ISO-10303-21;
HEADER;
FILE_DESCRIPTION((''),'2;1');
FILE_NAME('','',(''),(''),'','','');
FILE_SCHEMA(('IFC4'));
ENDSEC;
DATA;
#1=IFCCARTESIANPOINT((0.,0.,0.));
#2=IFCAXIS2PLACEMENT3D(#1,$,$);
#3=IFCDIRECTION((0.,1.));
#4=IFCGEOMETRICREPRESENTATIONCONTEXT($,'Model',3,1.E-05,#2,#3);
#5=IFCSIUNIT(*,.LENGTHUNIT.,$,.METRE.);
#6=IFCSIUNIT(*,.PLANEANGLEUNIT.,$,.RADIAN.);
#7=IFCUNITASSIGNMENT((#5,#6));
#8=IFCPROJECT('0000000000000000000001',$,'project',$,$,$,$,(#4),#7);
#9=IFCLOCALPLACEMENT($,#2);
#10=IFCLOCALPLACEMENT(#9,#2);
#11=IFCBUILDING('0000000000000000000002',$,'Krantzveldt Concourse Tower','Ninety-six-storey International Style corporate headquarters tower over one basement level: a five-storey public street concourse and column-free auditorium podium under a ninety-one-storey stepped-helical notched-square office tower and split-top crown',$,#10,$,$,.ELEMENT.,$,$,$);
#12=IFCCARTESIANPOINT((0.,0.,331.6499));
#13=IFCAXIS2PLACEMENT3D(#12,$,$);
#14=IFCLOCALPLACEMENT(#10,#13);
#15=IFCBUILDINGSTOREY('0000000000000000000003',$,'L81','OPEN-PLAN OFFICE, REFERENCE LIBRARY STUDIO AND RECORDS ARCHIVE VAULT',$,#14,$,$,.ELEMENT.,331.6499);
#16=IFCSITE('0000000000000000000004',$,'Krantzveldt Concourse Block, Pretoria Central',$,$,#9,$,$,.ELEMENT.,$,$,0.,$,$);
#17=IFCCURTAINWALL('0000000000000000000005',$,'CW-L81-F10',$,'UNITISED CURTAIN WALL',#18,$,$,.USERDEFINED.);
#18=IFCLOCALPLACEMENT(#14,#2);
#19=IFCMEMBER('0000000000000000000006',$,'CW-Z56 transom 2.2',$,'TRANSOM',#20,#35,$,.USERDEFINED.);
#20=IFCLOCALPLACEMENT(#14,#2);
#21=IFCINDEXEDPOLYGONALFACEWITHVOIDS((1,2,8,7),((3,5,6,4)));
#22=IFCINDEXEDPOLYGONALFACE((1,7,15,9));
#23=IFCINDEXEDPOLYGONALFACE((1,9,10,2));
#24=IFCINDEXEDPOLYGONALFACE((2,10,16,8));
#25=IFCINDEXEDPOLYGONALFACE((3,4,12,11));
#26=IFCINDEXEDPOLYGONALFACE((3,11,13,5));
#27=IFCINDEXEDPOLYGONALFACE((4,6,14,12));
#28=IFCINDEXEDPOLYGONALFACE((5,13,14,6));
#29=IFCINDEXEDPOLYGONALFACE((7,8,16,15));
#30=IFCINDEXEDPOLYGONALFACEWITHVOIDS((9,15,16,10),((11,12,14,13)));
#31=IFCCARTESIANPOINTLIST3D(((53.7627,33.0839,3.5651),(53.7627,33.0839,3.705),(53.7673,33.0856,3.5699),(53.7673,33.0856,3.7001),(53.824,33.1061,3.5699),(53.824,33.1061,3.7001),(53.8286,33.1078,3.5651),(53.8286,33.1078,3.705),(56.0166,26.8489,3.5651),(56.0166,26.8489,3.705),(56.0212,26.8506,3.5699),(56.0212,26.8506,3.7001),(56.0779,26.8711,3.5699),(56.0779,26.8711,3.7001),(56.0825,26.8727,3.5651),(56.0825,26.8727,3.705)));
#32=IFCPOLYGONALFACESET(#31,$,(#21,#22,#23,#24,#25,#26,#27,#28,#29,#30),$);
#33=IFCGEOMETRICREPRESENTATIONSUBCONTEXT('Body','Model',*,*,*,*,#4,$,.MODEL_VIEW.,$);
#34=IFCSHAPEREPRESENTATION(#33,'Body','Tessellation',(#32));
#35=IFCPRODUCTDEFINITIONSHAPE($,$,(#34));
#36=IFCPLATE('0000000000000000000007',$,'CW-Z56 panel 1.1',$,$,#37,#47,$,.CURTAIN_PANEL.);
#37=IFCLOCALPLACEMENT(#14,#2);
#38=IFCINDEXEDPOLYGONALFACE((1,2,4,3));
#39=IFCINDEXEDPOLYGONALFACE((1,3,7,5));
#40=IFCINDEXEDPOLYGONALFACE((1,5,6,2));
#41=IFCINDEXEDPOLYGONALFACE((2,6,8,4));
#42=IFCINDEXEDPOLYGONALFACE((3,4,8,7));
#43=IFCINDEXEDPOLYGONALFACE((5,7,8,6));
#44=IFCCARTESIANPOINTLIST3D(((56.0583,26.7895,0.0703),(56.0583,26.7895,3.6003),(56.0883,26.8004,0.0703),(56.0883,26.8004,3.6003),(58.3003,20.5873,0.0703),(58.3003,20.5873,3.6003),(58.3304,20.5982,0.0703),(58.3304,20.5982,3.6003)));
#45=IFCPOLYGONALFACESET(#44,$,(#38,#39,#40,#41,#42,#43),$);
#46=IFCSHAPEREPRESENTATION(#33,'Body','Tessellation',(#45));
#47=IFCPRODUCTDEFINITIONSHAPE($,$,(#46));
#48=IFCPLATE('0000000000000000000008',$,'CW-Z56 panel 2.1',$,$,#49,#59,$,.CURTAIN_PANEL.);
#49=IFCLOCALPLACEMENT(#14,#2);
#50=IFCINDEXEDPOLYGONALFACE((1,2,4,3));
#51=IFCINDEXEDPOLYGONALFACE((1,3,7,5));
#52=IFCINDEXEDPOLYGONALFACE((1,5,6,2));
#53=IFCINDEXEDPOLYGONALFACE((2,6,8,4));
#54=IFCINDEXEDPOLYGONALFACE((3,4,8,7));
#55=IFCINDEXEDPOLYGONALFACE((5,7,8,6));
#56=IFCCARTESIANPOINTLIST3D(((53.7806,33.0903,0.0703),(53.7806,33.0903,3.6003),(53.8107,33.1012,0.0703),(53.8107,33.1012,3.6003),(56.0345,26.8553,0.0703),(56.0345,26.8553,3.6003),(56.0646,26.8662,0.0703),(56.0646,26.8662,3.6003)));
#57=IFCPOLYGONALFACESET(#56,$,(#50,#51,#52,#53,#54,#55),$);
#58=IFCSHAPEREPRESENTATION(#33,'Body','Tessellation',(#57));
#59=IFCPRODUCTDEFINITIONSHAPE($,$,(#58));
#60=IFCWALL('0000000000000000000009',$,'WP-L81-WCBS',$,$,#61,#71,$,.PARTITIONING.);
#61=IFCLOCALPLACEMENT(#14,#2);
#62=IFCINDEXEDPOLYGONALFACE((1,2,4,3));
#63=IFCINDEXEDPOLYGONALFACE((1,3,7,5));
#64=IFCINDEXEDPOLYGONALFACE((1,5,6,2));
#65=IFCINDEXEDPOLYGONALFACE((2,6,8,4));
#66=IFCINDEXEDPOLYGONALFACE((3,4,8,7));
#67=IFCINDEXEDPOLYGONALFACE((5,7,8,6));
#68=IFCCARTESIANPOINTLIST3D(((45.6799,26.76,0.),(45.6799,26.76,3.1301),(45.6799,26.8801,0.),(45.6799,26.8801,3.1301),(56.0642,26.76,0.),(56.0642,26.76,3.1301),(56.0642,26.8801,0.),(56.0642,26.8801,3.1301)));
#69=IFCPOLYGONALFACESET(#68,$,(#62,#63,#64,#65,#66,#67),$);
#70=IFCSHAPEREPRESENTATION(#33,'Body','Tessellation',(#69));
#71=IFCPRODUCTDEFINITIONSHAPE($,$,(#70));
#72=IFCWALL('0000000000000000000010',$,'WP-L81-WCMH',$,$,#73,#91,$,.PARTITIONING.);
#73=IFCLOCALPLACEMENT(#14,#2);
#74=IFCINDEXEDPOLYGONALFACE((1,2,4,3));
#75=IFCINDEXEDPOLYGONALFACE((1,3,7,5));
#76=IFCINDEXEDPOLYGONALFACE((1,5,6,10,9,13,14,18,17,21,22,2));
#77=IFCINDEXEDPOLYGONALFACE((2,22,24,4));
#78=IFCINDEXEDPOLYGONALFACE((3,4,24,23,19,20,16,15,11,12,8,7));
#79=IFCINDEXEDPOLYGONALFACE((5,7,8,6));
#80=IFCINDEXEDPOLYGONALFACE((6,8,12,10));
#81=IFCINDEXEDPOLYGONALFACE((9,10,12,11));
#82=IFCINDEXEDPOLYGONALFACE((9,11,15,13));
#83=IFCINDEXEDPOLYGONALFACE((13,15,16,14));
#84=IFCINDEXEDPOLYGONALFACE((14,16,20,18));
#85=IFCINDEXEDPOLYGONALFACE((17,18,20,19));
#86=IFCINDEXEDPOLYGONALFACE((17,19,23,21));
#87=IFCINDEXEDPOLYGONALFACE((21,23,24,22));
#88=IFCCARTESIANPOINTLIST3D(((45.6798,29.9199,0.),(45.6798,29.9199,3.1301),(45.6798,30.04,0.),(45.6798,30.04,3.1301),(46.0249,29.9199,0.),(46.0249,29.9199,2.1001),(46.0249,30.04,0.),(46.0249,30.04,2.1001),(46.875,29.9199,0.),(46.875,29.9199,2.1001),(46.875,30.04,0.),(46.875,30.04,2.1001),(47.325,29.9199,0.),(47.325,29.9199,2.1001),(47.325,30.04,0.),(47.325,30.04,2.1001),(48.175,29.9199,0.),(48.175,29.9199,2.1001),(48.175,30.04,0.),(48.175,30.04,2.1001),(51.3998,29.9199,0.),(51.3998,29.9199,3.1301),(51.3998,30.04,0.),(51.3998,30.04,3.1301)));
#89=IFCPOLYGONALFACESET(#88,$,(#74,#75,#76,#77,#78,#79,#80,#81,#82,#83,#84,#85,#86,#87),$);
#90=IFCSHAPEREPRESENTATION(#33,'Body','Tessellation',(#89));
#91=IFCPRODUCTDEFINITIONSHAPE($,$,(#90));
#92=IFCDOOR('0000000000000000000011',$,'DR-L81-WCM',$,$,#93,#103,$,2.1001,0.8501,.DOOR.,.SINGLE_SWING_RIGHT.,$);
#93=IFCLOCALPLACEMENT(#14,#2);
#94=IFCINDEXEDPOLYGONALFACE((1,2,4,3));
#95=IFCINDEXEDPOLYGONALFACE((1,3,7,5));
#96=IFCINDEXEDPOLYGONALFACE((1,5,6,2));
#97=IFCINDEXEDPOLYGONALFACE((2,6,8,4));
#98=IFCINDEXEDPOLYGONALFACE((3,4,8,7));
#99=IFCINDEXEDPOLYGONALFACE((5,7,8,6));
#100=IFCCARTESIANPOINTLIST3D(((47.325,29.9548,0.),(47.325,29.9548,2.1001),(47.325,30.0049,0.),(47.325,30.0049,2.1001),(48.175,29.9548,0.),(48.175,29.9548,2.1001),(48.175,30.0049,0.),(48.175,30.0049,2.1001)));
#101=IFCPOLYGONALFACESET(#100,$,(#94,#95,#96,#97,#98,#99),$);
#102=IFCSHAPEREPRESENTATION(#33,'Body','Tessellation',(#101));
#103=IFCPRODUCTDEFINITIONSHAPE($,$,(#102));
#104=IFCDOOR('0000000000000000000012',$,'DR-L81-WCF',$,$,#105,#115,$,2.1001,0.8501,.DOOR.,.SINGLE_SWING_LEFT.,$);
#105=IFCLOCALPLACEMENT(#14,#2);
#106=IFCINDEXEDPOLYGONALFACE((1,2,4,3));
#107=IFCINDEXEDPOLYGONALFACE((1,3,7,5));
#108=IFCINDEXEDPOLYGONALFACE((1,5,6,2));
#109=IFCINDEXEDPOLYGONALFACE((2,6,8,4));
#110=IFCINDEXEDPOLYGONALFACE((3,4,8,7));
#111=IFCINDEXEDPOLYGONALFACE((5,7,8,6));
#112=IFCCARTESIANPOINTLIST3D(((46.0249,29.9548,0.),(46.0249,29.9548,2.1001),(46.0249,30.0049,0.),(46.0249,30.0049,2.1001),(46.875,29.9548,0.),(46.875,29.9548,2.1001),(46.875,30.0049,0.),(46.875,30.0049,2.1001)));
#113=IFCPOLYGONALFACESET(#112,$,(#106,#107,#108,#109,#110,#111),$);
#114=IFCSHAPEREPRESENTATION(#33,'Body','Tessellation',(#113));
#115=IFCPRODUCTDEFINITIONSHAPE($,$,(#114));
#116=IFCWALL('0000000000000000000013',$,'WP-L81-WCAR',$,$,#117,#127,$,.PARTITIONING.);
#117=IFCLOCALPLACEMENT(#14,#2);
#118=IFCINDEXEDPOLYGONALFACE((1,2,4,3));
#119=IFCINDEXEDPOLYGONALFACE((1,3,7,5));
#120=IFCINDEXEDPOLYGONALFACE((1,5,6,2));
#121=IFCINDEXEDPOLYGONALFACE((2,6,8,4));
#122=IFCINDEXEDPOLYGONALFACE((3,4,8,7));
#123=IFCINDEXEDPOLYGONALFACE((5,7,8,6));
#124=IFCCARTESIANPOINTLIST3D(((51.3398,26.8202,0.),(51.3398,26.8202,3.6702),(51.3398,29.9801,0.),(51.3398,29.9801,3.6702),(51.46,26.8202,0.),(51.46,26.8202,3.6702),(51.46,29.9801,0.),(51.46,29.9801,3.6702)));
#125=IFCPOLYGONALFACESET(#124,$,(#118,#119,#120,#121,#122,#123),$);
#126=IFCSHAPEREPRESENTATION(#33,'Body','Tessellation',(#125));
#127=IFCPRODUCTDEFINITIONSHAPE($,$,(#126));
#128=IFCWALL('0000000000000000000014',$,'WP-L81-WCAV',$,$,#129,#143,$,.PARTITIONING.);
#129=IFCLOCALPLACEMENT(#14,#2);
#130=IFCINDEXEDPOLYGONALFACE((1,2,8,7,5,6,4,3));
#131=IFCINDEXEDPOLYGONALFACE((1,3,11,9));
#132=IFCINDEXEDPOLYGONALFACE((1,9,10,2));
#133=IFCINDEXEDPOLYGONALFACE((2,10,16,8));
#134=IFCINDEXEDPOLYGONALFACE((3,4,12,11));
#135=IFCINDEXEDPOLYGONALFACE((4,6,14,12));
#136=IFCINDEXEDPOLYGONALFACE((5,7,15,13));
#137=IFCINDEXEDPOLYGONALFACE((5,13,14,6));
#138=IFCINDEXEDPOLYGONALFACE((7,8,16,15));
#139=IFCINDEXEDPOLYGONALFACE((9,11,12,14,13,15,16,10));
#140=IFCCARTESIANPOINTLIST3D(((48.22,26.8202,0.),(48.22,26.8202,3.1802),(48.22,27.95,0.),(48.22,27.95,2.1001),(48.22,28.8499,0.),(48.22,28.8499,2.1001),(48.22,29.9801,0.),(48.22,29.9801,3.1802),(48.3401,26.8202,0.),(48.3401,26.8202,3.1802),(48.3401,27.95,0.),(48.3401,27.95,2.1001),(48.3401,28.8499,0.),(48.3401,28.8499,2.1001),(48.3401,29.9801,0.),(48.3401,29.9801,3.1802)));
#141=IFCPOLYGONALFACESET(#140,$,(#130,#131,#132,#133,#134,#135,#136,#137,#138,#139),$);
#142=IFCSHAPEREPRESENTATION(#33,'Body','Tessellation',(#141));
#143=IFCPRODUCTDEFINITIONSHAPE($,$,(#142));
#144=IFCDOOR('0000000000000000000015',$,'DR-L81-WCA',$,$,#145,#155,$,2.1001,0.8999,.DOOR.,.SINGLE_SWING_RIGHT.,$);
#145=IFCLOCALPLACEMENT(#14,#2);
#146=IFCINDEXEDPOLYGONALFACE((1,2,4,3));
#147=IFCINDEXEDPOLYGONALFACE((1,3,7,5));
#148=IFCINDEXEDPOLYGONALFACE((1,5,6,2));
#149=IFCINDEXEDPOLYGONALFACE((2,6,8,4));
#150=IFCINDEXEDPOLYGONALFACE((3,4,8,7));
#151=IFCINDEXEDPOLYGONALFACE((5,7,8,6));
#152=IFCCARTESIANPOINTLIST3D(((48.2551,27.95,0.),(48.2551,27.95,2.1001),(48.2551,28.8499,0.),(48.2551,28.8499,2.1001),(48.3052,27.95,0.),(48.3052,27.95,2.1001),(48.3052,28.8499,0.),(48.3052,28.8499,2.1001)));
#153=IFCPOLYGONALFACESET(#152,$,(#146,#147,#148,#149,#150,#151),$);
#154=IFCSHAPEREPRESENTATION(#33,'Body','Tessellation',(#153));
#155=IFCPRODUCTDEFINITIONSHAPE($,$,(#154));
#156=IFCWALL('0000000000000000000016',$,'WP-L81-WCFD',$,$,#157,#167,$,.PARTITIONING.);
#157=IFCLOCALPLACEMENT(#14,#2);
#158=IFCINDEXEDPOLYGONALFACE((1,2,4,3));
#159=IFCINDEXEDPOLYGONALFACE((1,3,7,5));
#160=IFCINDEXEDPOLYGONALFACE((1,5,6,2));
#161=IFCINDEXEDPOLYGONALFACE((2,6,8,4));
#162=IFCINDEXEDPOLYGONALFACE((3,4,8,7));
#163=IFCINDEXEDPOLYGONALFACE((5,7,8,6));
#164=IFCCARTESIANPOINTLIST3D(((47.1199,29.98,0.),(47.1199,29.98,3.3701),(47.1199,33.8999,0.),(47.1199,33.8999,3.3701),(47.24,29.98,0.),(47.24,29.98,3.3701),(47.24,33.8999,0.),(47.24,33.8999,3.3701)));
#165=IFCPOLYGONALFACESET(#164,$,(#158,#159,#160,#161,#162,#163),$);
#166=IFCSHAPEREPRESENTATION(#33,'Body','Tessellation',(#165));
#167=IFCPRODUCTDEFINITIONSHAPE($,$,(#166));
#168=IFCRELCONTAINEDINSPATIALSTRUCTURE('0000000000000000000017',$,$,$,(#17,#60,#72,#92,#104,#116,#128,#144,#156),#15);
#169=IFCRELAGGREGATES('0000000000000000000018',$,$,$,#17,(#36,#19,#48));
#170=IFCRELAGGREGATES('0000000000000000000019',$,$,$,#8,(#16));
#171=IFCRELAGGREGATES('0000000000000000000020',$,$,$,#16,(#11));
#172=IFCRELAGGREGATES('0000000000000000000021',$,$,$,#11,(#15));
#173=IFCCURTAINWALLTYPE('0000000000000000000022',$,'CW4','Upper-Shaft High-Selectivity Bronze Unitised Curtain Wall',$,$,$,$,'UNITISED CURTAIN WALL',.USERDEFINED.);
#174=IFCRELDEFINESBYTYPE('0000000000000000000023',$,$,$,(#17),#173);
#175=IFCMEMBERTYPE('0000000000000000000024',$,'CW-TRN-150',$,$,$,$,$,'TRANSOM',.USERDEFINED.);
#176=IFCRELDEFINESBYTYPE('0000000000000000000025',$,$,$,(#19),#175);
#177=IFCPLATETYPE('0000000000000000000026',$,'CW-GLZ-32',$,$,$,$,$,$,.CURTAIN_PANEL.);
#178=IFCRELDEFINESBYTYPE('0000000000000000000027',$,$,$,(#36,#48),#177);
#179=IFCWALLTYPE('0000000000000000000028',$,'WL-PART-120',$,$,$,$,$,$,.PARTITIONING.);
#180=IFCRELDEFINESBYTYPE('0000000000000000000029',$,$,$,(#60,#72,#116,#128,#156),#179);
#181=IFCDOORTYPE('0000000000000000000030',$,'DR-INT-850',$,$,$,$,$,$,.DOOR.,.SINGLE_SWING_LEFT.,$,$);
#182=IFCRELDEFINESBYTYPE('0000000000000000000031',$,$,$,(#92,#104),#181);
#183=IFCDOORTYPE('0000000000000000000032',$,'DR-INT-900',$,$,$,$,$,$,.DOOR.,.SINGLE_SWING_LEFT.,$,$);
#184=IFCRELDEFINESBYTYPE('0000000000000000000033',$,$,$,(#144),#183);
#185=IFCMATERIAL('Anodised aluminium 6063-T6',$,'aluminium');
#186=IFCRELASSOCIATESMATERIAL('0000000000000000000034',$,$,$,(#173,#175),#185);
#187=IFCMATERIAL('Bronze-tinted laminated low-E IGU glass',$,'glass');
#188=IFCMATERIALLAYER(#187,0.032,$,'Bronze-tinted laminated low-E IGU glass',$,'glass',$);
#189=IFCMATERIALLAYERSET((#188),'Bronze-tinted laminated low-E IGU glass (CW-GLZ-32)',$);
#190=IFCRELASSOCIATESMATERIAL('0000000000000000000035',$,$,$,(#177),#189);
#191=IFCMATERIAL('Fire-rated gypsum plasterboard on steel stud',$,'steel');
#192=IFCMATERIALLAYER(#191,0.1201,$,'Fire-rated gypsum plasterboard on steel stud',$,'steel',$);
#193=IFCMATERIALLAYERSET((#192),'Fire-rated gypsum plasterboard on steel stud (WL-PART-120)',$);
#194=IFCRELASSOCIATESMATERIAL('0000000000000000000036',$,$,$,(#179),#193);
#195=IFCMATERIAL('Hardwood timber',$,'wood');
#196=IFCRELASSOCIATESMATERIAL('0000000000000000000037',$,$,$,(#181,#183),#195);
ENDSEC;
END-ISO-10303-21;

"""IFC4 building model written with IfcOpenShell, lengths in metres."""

from ifc_helpers import new_model, si_unit, direction, frame, frame_2d, origin, origin_2d, place, context, subcontext, project, spatial, rectangle, hollow_rectangle, extrude, source, transform, mapped, material, layer, layer_set, material_profile, profile_set, type_object, type_shapes, element, fill, aggregate, save


model = new_model("IFC4")

# Units and contexts
model_context = context("Model", 3, precision=1e-05, world=origin(), true_north=direction((0.0, 1.0)))
body_context = subcontext(model_context, "Body", "Model", "MODEL_VIEW")
ifc_project = project(units=[si_unit("LENGTHUNIT", "METRE"), si_unit("PLANEANGLEUNIT", "RADIAN")], contexts=[model_context])

# Site, building, storey
site_placement = place(None, origin())
site = spatial("IfcSite", under=ifc_project, at=site_placement, Name="Krantzveldt Concourse Block, Pretoria Central", CompositionType="ELEMENT", RefElevation=0.0)
building_placement = place(site_placement, origin())
building = spatial("IfcBuilding", under=site, at=building_placement, Name="Krantzveldt Concourse Tower", Description="Ninety-six-storey International Style corporate headquarters tower over one basement level: a five-storey public street concourse and column-free auditorium podium under a ninety-one-storey stepped-helical notched-square office tower and split-top crown", CompositionType="ELEMENT")
storey_placement = place(building_placement, frame((0.0, 0.0, 331.6499)))
storey = spatial("IfcBuildingStorey", under=building, at=storey_placement, Name="L81", Description="OPEN-PLAN OFFICE, REFERENCE LIBRARY STUDIO AND RECORDS ARCHIVE VAULT", CompositionType="ELEMENT", Elevation=331.6499)

# Curtain wall, member, plates
ifc_material_1 = material(Name="Anodised aluminium 6063-T6", Category="aluminium")
curtain_wall_type = type_object("IfcCurtainWallType", Name="CW4", Description="Upper-Shaft High-Selectivity Bronze Unitised Curtain Wall", ElementType="UNITISED CURTAIN WALL", PredefinedType="USERDEFINED", material=ifc_material_1)
curtain_wall_placement = place(storey_placement, origin())
curtain_wall = element("IfcCurtainWall", 1, at=curtain_wall_placement, inside=storey, type_object=curtain_wall_type, Name="CW-L81-F10", ObjectType="UNITISED CURTAIN WALL", PredefinedType="USERDEFINED")
ifc_material_profile_1 = material_profile(ifc_material_1, hollow_rectangle(XDim=0.0701, YDim=0.1399, WallThickness=0.0049, at=origin_2d()), Name="Anodised aluminium 6063-T6", Category="aluminium")
ifc_profile_set_1 = profile_set([ifc_material_profile_1], Name="Anodised aluminium 6063-T6 - ALU-TRAN 140x70x5")
member_type_1 = type_object("IfcMemberType", Name="CW-TRN-150", ElementType="TRANSOM", PredefinedType="USERDEFINED", material=ifc_profile_set_1)
shared_shape_1 = source(origin(), body_context, "Body", "SweptSolid", [
    extrude(hollow_rectangle(XDim=0.0701, YDim=0.1399, WallThickness=0.0049, at=origin_2d()), origin(), (0.0, 0.0, 1.0), 6.6299),
])
type_shapes(member_type_1, [shared_shape_1])
member_1_placement = place(storey_placement, frame((56.0496, 26.8608, 3.635), z_axis=(-0.339957, 0.940441, 0.0), x_axis=(-0.940441, -0.339957, 0.0)))
member_1 = element("IfcMember", 2, at=member_1_placement, type_object=member_type_1, Name="CW-Z56 transom 2.2", ObjectType="TRANSOM", PredefinedType="USERDEFINED", context=body_context, shape_type="MappedRepresentation", body=[
    mapped(shared_shape_1, transform((0.0, 0.0, 0.0), x_axis=(1.0, 0.0, 0.0), y_axis=(0.0, 1.0, 0.0), z_axis=(0.0, 0.0, 1.0), scale=1.0)),
])
ifc_material_2 = material(Name="Bronze-tinted laminated low-E IGU glass", Category="glass")
ifc_layer_1 = layer(ifc_material_2, 0.032, Name="Bronze-tinted laminated low-E IGU glass", Category="glass")
ifc_layer_set_1 = layer_set([ifc_layer_1], Name="Bronze-tinted laminated low-E IGU glass (CW-GLZ-32)")
plate_type = type_object("IfcPlateType", Name="CW-GLZ-32", PredefinedType="CURTAIN_PANEL", material=ifc_layer_set_1)
shared_shape_2 = source(origin(), body_context, "Body", "SweptSolid", [
    extrude(rectangle(XDim=6.595, YDim=0.032, at=origin_2d()), origin(), (0.0, 0.0, 1.0), 3.53),
])
plate_1_placement = place(storey_placement, frame((57.1943, 23.6938, 0.0703), z_axis=(0.0, 0.0, 1.0), x_axis=(-0.339969, 0.940437, 0.0)))
plate_1 = element("IfcPlate", 3, at=plate_1_placement, type_object=plate_type, Name="CW-Z56 panel 1.1", PredefinedType="CURTAIN_PANEL", context=body_context, shape_type="MappedRepresentation", body=[
    mapped(shared_shape_2, transform((0.0, 0.0, 0.0), x_axis=(1.0, 0.0, 0.0), y_axis=(0.0, 1.0, 0.0), z_axis=(0.0, 0.0, 1.0), scale=1.0)),
])
shared_shape_3 = source(origin(), body_context, "Body", "SweptSolid", [
    extrude(rectangle(XDim=6.6299, YDim=0.032, at=origin_2d()), origin(), (0.0, 0.0, 1.0), 3.53),
])
type_shapes(plate_type, [shared_shape_2, shared_shape_3])
plate_2_placement = place(storey_placement, frame((54.9226, 29.9783, 0.0703), z_axis=(0.0, 0.0, 1.0), x_axis=(-0.339969, 0.940437, 0.0)))
plate_2 = element("IfcPlate", 4, at=plate_2_placement, type_object=plate_type, Name="CW-Z56 panel 2.1", PredefinedType="CURTAIN_PANEL", context=body_context, shape_type="MappedRepresentation", body=[
    mapped(shared_shape_3, transform((0.0, 0.0, 0.0), x_axis=(1.0, 0.0, 0.0), y_axis=(0.0, 1.0, 0.0), z_axis=(0.0, 0.0, 1.0), scale=1.0)),
])
aggregate(curtain_wall, [plate_1, member_1, plate_2])

# Wall
ifc_material_3 = material(Name="Fire-rated gypsum plasterboard on steel stud", Category="steel")
ifc_layer_2 = layer(ifc_material_3, 0.1201, Name="Fire-rated gypsum plasterboard on steel stud", Category="steel")
ifc_layer_set_2 = layer_set([ifc_layer_2], Name="Fire-rated gypsum plasterboard on steel stud (WL-PART-120)")
wall_type_1 = type_object("IfcWallType", Name="WL-PART-120", PredefinedType="PARTITIONING", material=ifc_layer_set_2)
wall_1_placement = place(storey_placement, frame((45.6799, 26.8201, 0.0), z_axis=(0.0, 0.0, 1.0), x_axis=(1.0, 0.0, 0.0)))
element("IfcWall", 5, at=wall_1_placement, inside=storey, type_object=wall_type_1, Name="WP-L81-WCBS", PredefinedType="PARTITIONING", context=body_context, shape_type="SweptSolid", body=[
    extrude(rectangle(XDim=10.3843, YDim=0.1201, at=frame_2d((5.1921, 0.0))), origin(), (0.0, 0.0, 1.0), 3.1301),
])

# Wall, openings, doors
wall_2_placement = place(storey_placement, frame((45.6799, 29.98, 0.0), z_axis=(0.0, 0.0, 1.0), x_axis=(1.0, 0.0, 0.0)))
wall_2 = element("IfcWall", 6, at=wall_2_placement, inside=storey, type_object=wall_type_1, Name="WP-L81-WCMH", PredefinedType="PARTITIONING", context=body_context, shape_type="SweptSolid", body=[
    extrude(rectangle(XDim=5.72, YDim=0.1201, at=frame_2d((2.8599, 0.0))), origin(), (0.0, 0.0, 1.0), 3.1301),
])
opening_1_placement = place(wall_2_placement, frame((1.645, 0.0, 0.0)))
opening_1 = element("IfcOpeningElement", 7, at=opening_1_placement, cuts=wall_2, PredefinedType="OPENING", context=body_context, shape_type="SweptSolid", body=[
    extrude(rectangle(XDim=0.8501, YDim=2.1001, at=frame_2d((0.425, 1.05))), frame((0.0, 0.0701, 0.0), z_axis=(0.0, -1.0, 0.0), x_axis=(1.0, 0.0, 0.0)), (0.0, 0.0, 1.0), 0.1401),
])
opening_2_placement = place(wall_2_placement, frame((0.345, 0.0, 0.0)))
opening_2 = element("IfcOpeningElement", 8, at=opening_2_placement, cuts=wall_2, PredefinedType="OPENING", context=body_context, shape_type="SweptSolid", body=[
    extrude(rectangle(XDim=0.8501, YDim=2.1001, at=frame_2d((0.425, 1.05))), frame((0.0, 0.0701, 0.0), z_axis=(0.0, -1.0, 0.0), x_axis=(1.0, 0.0, 0.0)), (0.0, 0.0, 1.0), 0.1401),
])
ifc_material_4 = material(Name="Hardwood timber", Category="wood")
door_type_1 = type_object("IfcDoorType", Name="DR-INT-850", OperationType="SINGLE_SWING_LEFT", PredefinedType="DOOR", material=ifc_material_4)
door_1_placement = place(opening_1_placement, origin())
door_1 = element("IfcDoor", 9, at=door_1_placement, inside=storey, type_object=door_type_1, Name="DR-L81-WCM", OperationType="SINGLE_SWING_RIGHT", OverallHeight=2.1001, OverallWidth=0.8501, PredefinedType="DOOR", context=body_context, shape_type="SweptSolid", body=[
    extrude(rectangle(XDim=0.8501, YDim=2.1001, at=frame_2d((0.425, 1.05))), frame((0.0, 0.0249, 0.0), z_axis=(0.0, -1.0, 0.0), x_axis=(1.0, 0.0, 0.0)), (0.0, 0.0, 1.0), 0.05),
])
fill(opening_1, door_1)
door_2_placement = place(opening_2_placement, origin())
door_2 = element("IfcDoor", 10, at=door_2_placement, inside=storey, type_object=door_type_1, Name="DR-L81-WCF", OperationType="SINGLE_SWING_LEFT", OverallHeight=2.1001, OverallWidth=0.8501, PredefinedType="DOOR", context=body_context, shape_type="SweptSolid", body=[
    extrude(rectangle(XDim=0.8501, YDim=2.1001, at=frame_2d((0.425, 1.05))), frame((0.0, 0.0249, 0.0), z_axis=(0.0, -1.0, 0.0), x_axis=(1.0, 0.0, 0.0)), (0.0, 0.0, 1.0), 0.05),
])
fill(opening_2, door_2)

# Wall
wall_3_placement = place(storey_placement, frame((51.3999, 26.8201, 0.0), z_axis=(0.0, 0.0, 1.0), x_axis=(0.0, 1.0, 0.0)))
element("IfcWall", 11, at=wall_3_placement, inside=storey, type_object=wall_type_1, Name="WP-L81-WCAR", PredefinedType="PARTITIONING", context=body_context, shape_type="SweptSolid", body=[
    extrude(rectangle(XDim=3.1599, YDim=0.1201, at=frame_2d((1.5801, 0.0))), origin(), (0.0, 0.0, 1.0), 3.6702),
])

# Wall, opening, door
wall_4_placement = place(storey_placement, frame((48.28, 26.8201, 0.0), z_axis=(0.0, 0.0, 1.0), x_axis=(0.0, 1.0, 0.0)))
wall_4 = element("IfcWall", 12, at=wall_4_placement, inside=storey, type_object=wall_type_1, Name="WP-L81-WCAV", PredefinedType="PARTITIONING", context=body_context, shape_type="SweptSolid", body=[
    extrude(rectangle(XDim=3.1599, YDim=0.1201, at=frame_2d((1.5801, 0.0))), origin(), (0.0, 0.0, 1.0), 3.1802),
])
opening_3_placement = place(wall_4_placement, frame((1.1299, 0.0, 0.0)))
opening_3 = element("IfcOpeningElement", 13, at=opening_3_placement, cuts=wall_4, PredefinedType="OPENING", context=body_context, shape_type="SweptSolid", body=[
    extrude(rectangle(XDim=0.8999, YDim=2.1001, at=frame_2d((0.45, 1.05))), frame((0.0, 0.0701, 0.0), z_axis=(0.0, -1.0, 0.0), x_axis=(1.0, 0.0, 0.0)), (0.0, 0.0, 1.0), 0.1401),
])
door_type_2 = type_object("IfcDoorType", Name="DR-INT-900", OperationType="SINGLE_SWING_LEFT", PredefinedType="DOOR", material=ifc_material_4)
door_3_placement = place(opening_3_placement, origin())
door_3 = element("IfcDoor", 14, at=door_3_placement, inside=storey, type_object=door_type_2, Name="DR-L81-WCA", OperationType="SINGLE_SWING_RIGHT", OverallHeight=2.1001, OverallWidth=0.8999, PredefinedType="DOOR", context=body_context, shape_type="SweptSolid", body=[
    extrude(rectangle(XDim=0.8999, YDim=2.1001, at=frame_2d((0.45, 1.05))), frame((0.0, 0.0249, 0.0), z_axis=(0.0, -1.0, 0.0), x_axis=(1.0, 0.0, 0.0)), (0.0, 0.0, 1.0), 0.05),
])
fill(opening_3, door_3)

# Wall
wall_5_placement = place(storey_placement, frame((47.1799, 29.98, 0.0), z_axis=(0.0, 0.0, 1.0), x_axis=(0.0, 1.0, 0.0)))
element("IfcWall", 15, at=wall_5_placement, inside=storey, type_object=wall_type_1, Name="WP-L81-WCFD", PredefinedType="PARTITIONING", context=body_context, shape_type="SweptSolid", body=[
    extrude(rectangle(XDim=3.9199, YDim=0.1201, at=frame_2d((1.96, 0.0))), origin(), (0.0, 0.0, 1.0), 3.3701),
])

save(model, "model.ifc")
